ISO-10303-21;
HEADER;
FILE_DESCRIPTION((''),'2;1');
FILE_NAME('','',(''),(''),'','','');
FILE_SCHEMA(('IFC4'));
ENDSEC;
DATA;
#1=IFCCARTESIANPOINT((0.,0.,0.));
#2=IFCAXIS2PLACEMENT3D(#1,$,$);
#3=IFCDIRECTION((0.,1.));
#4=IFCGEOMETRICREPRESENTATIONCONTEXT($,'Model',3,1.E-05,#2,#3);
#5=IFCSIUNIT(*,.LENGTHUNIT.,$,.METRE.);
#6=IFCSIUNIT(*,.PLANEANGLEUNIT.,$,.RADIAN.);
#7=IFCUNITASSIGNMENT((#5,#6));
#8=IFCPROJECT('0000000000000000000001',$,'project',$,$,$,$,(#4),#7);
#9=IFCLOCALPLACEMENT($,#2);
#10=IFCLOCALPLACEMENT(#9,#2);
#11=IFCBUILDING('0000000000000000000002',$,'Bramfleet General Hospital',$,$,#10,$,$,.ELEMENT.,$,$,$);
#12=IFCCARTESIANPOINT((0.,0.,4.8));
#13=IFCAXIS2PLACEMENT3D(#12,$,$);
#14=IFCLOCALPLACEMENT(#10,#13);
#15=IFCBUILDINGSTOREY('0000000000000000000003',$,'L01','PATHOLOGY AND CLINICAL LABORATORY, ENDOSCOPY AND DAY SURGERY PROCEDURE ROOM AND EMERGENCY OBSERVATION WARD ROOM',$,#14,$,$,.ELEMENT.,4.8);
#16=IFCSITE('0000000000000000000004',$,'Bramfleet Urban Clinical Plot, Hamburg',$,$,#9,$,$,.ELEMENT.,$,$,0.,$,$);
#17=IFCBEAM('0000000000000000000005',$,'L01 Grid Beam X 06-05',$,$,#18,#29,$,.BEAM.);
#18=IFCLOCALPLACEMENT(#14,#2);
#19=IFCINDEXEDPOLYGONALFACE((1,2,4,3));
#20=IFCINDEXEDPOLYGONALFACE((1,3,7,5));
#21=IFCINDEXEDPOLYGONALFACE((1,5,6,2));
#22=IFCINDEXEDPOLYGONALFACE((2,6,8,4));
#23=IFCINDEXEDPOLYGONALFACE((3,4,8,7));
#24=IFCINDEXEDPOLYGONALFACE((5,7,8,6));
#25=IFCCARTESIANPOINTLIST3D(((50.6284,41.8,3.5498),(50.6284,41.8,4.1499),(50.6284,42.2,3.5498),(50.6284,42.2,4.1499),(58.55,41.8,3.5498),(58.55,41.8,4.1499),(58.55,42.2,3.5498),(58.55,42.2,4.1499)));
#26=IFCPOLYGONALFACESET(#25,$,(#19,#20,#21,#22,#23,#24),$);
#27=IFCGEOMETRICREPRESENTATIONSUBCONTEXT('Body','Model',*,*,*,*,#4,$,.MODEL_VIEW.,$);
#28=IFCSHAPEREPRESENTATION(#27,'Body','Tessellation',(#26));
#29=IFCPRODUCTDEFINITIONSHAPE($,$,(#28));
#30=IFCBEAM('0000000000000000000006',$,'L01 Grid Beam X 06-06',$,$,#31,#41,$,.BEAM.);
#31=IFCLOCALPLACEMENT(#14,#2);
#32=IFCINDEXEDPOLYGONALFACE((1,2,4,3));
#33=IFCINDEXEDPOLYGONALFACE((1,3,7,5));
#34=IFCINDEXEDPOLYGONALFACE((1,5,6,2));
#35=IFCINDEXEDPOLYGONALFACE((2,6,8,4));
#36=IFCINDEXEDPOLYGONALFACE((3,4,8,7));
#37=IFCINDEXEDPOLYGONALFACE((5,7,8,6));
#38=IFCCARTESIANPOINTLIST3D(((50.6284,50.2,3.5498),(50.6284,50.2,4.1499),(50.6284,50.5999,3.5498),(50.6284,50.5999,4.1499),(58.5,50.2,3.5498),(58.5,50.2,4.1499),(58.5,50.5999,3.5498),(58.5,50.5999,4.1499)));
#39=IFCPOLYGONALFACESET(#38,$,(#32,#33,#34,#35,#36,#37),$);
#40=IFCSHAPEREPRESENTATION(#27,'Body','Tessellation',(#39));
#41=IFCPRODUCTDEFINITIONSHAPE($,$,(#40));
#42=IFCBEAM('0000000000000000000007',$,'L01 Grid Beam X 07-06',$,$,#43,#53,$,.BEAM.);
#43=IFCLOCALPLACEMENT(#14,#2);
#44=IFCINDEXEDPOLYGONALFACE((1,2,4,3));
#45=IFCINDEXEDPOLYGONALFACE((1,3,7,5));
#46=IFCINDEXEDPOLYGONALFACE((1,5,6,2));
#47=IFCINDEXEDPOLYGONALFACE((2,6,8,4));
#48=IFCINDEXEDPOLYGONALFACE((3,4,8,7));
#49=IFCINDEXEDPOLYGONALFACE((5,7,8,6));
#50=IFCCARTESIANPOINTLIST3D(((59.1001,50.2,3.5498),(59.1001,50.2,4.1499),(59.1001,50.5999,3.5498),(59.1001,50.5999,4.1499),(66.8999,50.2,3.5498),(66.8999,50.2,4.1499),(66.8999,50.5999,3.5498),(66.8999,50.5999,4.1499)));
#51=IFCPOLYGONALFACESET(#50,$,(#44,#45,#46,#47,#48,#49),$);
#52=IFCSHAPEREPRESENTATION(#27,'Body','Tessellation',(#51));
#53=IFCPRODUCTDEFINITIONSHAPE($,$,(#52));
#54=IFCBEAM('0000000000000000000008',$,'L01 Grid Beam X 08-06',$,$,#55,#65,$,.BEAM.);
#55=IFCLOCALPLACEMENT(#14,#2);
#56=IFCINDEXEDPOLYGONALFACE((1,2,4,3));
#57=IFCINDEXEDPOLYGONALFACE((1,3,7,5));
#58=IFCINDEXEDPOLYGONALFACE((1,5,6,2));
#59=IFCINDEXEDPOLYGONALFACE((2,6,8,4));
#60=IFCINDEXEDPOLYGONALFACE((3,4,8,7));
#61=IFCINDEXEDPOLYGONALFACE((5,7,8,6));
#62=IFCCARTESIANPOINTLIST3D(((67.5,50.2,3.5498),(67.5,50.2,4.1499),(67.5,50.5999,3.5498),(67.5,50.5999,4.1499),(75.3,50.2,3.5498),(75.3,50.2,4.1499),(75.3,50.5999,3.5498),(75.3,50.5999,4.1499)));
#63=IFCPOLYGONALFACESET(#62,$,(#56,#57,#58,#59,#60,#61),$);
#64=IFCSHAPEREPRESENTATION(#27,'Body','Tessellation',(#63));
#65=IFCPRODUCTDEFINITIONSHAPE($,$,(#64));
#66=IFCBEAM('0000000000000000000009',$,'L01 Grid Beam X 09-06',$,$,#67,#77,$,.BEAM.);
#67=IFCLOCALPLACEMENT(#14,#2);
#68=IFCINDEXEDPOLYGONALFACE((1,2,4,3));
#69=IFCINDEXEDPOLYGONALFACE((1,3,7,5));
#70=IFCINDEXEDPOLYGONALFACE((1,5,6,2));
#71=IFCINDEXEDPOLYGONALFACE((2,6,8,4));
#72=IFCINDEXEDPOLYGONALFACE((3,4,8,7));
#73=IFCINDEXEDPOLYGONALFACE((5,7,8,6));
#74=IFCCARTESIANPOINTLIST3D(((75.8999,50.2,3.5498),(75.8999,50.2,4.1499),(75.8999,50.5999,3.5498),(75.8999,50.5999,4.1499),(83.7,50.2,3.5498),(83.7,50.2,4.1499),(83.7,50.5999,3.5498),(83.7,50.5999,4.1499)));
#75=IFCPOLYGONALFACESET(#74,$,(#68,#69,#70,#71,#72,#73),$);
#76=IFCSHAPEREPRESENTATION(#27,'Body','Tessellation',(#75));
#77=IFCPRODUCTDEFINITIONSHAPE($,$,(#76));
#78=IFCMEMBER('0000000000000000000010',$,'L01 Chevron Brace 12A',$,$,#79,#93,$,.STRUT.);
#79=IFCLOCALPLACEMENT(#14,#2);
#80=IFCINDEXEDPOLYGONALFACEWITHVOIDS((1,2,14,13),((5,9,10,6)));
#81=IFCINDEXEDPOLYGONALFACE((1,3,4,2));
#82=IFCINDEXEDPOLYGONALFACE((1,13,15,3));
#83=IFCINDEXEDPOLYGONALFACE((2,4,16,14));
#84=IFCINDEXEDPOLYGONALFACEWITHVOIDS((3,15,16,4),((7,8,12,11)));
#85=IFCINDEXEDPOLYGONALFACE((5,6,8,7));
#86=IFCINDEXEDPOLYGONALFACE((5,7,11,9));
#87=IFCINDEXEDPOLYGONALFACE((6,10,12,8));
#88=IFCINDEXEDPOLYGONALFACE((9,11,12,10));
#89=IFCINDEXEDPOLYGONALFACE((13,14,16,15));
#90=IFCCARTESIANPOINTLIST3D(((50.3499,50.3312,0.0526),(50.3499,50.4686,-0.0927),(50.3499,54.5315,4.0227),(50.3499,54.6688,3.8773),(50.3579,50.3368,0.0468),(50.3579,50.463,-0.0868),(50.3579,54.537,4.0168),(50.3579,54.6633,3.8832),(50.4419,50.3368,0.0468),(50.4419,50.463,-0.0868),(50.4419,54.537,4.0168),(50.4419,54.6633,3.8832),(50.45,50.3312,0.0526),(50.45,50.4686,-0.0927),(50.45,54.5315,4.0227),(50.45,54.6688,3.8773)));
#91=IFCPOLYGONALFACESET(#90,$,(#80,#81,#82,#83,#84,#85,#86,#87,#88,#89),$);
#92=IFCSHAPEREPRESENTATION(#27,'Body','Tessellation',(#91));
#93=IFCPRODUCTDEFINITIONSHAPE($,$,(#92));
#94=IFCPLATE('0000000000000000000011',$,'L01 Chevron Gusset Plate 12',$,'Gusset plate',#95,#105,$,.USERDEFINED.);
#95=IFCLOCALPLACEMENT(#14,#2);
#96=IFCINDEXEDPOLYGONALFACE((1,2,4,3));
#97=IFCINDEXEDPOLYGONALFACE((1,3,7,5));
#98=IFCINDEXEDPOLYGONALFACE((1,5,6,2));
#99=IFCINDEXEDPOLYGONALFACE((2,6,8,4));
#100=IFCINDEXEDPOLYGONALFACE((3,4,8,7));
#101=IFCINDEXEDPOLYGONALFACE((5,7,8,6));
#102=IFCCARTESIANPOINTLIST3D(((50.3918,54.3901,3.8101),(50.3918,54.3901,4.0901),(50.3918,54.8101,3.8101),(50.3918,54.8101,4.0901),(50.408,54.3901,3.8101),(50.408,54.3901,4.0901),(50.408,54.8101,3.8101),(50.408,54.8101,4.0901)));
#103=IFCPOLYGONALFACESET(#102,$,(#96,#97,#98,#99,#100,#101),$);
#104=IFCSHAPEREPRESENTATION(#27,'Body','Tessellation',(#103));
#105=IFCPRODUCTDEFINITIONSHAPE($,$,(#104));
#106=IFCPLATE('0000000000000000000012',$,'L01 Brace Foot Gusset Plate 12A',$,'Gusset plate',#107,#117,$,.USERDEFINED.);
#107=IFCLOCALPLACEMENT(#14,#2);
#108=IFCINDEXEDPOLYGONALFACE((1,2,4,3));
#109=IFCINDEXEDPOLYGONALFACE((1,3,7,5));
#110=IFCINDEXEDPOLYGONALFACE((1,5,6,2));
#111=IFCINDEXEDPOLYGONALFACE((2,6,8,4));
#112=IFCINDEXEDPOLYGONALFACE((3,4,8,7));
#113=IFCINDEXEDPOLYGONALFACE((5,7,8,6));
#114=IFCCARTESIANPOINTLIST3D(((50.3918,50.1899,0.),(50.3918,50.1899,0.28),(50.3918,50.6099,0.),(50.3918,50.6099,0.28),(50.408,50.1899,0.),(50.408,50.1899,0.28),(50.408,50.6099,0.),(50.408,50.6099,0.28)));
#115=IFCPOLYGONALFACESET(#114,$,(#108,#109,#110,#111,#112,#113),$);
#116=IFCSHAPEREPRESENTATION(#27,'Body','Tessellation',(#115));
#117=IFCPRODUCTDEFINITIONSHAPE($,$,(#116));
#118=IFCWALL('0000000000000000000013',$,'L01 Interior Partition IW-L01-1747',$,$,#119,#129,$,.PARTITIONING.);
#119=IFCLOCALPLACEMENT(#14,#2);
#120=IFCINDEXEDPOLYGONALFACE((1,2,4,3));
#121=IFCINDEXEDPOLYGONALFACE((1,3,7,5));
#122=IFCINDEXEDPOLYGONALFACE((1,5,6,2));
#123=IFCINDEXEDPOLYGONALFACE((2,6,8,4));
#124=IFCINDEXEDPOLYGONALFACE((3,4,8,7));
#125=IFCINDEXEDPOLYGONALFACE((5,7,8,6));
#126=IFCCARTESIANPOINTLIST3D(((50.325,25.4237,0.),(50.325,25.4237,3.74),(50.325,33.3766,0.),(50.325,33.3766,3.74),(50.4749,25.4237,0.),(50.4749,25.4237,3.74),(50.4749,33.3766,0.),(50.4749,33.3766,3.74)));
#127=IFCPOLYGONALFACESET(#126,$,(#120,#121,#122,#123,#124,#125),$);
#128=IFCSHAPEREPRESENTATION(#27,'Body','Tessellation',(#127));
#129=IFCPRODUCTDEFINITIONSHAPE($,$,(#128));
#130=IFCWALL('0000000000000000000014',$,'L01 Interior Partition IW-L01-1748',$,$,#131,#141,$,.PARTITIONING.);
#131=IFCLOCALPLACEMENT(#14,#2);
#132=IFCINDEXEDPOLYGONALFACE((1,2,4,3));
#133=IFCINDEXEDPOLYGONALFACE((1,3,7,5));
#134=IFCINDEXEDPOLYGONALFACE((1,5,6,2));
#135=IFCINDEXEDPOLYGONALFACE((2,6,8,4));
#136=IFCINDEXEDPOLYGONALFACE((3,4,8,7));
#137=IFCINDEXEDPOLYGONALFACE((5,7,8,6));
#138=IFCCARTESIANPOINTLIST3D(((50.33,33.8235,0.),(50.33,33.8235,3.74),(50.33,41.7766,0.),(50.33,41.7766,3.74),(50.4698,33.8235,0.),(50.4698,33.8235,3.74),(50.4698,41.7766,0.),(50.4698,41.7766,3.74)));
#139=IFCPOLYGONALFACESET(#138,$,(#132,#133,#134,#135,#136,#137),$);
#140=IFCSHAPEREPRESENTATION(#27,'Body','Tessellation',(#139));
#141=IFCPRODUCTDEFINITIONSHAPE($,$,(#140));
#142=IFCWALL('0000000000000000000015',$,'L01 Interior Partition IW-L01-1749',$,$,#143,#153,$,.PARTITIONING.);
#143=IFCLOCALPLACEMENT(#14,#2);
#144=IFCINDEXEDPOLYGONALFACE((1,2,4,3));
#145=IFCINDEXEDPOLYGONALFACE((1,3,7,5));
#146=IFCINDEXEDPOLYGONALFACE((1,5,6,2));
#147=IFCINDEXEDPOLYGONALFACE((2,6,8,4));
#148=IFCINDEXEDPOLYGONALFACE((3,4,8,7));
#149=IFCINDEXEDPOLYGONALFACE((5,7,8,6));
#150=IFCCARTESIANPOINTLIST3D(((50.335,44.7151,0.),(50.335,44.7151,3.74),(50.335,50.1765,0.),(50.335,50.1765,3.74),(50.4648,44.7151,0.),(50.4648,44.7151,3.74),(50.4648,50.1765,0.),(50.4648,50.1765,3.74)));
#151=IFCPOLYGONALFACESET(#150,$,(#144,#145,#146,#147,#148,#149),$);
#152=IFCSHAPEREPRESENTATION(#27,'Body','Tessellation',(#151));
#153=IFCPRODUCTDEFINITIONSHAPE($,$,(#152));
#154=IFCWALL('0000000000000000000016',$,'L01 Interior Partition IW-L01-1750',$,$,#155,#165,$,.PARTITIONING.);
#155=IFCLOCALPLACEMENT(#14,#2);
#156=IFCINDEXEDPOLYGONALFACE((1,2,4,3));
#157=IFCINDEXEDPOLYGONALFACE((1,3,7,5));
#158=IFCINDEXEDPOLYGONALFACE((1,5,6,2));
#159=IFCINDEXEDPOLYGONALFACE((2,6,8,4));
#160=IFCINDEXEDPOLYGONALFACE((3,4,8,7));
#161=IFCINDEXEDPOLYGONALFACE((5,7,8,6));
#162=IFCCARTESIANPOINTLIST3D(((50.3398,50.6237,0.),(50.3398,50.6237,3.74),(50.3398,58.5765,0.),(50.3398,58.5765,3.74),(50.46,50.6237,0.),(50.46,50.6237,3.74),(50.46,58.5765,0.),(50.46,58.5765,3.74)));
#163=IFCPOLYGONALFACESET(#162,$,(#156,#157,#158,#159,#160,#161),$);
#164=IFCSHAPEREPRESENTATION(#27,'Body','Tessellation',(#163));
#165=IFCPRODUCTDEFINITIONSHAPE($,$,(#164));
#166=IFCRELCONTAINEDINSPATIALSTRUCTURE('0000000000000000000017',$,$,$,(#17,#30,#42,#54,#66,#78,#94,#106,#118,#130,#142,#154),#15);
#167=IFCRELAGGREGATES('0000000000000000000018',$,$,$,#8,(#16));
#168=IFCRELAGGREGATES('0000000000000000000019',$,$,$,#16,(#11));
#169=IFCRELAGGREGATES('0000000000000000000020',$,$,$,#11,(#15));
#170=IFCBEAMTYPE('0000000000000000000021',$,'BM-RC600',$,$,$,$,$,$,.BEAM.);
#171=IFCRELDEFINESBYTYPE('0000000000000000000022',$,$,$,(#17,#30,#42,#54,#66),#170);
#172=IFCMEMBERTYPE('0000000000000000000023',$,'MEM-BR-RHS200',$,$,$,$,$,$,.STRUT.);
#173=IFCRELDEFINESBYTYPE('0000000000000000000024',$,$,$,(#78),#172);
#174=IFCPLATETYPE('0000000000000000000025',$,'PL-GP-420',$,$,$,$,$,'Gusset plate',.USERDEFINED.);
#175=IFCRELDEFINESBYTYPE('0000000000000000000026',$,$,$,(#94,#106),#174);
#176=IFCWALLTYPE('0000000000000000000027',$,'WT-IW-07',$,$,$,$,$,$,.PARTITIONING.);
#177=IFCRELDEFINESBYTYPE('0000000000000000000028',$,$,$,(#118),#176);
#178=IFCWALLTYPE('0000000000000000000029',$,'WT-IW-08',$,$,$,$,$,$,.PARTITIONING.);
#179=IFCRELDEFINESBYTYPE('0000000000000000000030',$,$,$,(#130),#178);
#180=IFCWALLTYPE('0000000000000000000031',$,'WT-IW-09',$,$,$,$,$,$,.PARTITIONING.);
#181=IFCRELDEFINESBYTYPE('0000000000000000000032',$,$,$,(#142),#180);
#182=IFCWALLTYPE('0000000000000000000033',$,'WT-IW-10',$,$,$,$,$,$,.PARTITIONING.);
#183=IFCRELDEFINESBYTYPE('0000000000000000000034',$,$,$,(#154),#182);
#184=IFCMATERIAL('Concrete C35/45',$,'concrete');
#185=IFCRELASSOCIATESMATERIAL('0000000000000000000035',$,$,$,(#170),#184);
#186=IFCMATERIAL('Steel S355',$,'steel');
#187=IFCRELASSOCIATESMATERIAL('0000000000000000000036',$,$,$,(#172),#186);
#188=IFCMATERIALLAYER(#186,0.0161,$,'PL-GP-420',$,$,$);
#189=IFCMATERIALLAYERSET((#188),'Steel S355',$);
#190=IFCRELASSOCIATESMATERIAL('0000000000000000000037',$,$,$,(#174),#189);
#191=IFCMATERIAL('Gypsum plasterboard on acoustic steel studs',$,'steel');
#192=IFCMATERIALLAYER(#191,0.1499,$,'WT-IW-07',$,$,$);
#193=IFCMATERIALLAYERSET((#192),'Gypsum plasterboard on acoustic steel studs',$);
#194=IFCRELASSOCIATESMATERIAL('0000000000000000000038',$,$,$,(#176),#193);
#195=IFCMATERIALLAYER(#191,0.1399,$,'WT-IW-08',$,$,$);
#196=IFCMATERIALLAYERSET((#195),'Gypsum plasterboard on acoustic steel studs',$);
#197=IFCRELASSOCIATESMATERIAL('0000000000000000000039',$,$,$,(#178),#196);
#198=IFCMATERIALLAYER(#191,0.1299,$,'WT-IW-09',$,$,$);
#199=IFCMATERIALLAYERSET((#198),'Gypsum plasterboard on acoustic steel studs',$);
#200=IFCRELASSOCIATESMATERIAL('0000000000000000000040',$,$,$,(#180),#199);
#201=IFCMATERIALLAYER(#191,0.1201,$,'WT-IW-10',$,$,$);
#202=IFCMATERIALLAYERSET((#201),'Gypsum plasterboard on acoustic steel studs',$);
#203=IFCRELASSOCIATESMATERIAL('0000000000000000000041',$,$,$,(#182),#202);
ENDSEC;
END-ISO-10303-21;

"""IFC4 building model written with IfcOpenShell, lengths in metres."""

from ifc_helpers import new_model, si_unit, direction, frame, frame_2d, origin, origin_2d, place, context, subcontext, project, spatial, rectangle, hollow_rectangle, extrude, material, layer, layer_set, material_profile, profile_set, type_object, element, save


model = new_model("IFC4")

# Units and contexts
model_context = context("Model", 3, precision=1e-05, world=origin(), true_north=direction((0.0, 1.0)))
body_context = subcontext(model_context, "Body", "Model", "MODEL_VIEW")
ifc_project = project(units=[si_unit("LENGTHUNIT", "METRE"), si_unit("PLANEANGLEUNIT", "RADIAN")], contexts=[model_context])

# Site, building, storey
site_placement = place(None, origin())
site = spatial("IfcSite", under=ifc_project, at=site_placement, Name="Bramfleet Urban Clinical Plot, Hamburg", CompositionType="ELEMENT", RefElevation=0.0)
building_placement = place(site_placement, origin())
building = spatial("IfcBuilding", under=site, at=building_placement, Name="Bramfleet General Hospital", CompositionType="ELEMENT")
storey_placement = place(building_placement, frame((0.0, 0.0, 4.8)))
storey = spatial("IfcBuildingStorey", under=building, at=storey_placement, Name="L01", Description="PATHOLOGY AND CLINICAL LABORATORY, ENDOSCOPY AND DAY SURGERY PROCEDURE ROOM AND EMERGENCY OBSERVATION WARD ROOM", CompositionType="ELEMENT", Elevation=4.8)

# Shared definitions
ifc_material_1 = material(Name="Steel S355", Category="steel")

# Beams
ifc_material_2 = material(Name="Concrete C35/45", Category="concrete")
ifc_material_profile_1 = material_profile(ifc_material_2, rectangle(XDim=0.3999, YDim=0.6001, at=origin_2d()), Name="RC BM 600x400")
ifc_profile_set_1 = profile_set([ifc_material_profile_1], Name="Concrete C35/45")
beam_type_1 = type_object("IfcBeamType", Name="BM-RC600", PredefinedType="BEAM", material=ifc_profile_set_1)
for number, where, z_axis, x_axis, name in (
    (1, (50.6284, 42.0, 3.8499), (1.0, 0.0, 0.0), (0.0, 1.0, 0.0), "L01 Grid Beam X 06-05"),
):
    element("IfcBeam", number, at=place(storey_placement, frame(where, z_axis=z_axis, x_axis=x_axis)), inside=storey, type_object=beam_type_1, Name=name, PredefinedType="BEAM", context=body_context, shape_type="SweptSolid", body=[
        extrude(rectangle(XDim=0.3999, YDim=0.6001, at=origin_2d()), origin(), (0.0, 0.0, 1.0), 7.9216),
    ])
beam_1_placement = place(storey_placement, frame((50.6284, 50.3999, 3.8499), z_axis=(1.0, 0.0, 0.0), x_axis=(0.0, 1.0, 0.0)))
element("IfcBeam", 2, at=beam_1_placement, inside=storey, type_object=beam_type_1, Name="L01 Grid Beam X 06-06", PredefinedType="BEAM", context=body_context, shape_type="SweptSolid", body=[
    extrude(rectangle(XDim=0.3999, YDim=0.6001, at=origin_2d()), origin(), (0.0, 0.0, 1.0), 7.8716),
])
beam_2_placement = place(storey_placement, frame((59.1001, 50.3999, 3.8499), z_axis=(1.0, 0.0, 0.0), x_axis=(0.0, 1.0, 0.0)))
element("IfcBeam", 3, at=beam_2_placement, inside=storey, type_object=beam_type_1, Name="L01 Grid Beam X 07-06", PredefinedType="BEAM", context=body_context, shape_type="SweptSolid", body=[
    extrude(rectangle(XDim=0.3999, YDim=0.6001, at=origin_2d()), origin(), (0.0, 0.0, 1.0), 7.7998),
])
for number, where, z_axis, x_axis, name in (
    (4, (67.5, 50.3999, 3.8499), (1.0, 0.0, 0.0), (0.0, 1.0, 0.0), "L01 Grid Beam X 08-06"),
    (5, (75.8999, 50.3999, 3.8499), (1.0, 0.0, 0.0), (0.0, 1.0, 0.0), "L01 Grid Beam X 09-06"),
):
    element("IfcBeam", number, at=place(storey_placement, frame(where, z_axis=z_axis, x_axis=x_axis)), inside=storey, type_object=beam_type_1, Name=name, PredefinedType="BEAM", context=body_context, shape_type="SweptSolid", body=[
        extrude(rectangle(XDim=0.3999, YDim=0.6001, at=origin_2d()), origin(), (0.0, 0.0, 1.0), 7.8),
    ])

# Member
ifc_material_profile_2 = material_profile(ifc_material_1, hollow_rectangle(XDim=0.1001, YDim=0.2, WallThickness=0.0081, at=origin_2d()), Name="RHS 200x100x8.0")
ifc_profile_set_2 = profile_set([ifc_material_profile_2], Name="Steel S355")
member_type = type_object("IfcMemberType", Name="MEM-BR-RHS200", PredefinedType="STRUT", material=ifc_profile_set_2)
member_placement = place(storey_placement, frame((50.3999, 50.3999, -0.02), z_axis=(0.0, 0.726744, 0.686909), x_axis=(-1.0, 0.0, 0.0)))
element("IfcMember", 6, at=member_placement, inside=storey, type_object=member_type, Name="L01 Chevron Brace 12A", PredefinedType="STRUT", context=body_context, shape_type="SweptSolid", body=[
    extrude(hollow_rectangle(XDim=0.1001, YDim=0.2, WallThickness=0.0081, at=origin_2d()), origin(), (0.0, 0.0, 1.0), 5.7795),
])

# Plates
ifc_layer_1 = layer(ifc_material_1, 0.0161, Name="PL-GP-420")
ifc_layer_set_1 = layer_set([ifc_layer_1], Name="Steel S355")
plate_type = type_object("IfcPlateType", Name="PL-GP-420", ElementType="Gusset plate", PredefinedType="USERDEFINED", material=ifc_layer_set_1)
for number, where, z_axis, x_axis, name in (
    (7, (50.3999, 54.6001, 3.8101), (0.0, 0.0, 1.0), (1.0, 0.0, 0.0), "L01 Chevron Gusset Plate 12"),
    (8, (50.3999, 50.3999, 0.0), (0.0, 0.0, 1.0), (1.0, 0.0, 0.0), "L01 Brace Foot Gusset Plate 12A"),
):
    element("IfcPlate", number, at=place(storey_placement, frame(where, z_axis=z_axis, x_axis=x_axis)), inside=storey, type_object=plate_type, Name=name, ObjectType="Gusset plate", PredefinedType="USERDEFINED", context=body_context, shape_type="SweptSolid", body=[
        extrude(rectangle(XDim=0.0161, YDim=0.4199, at=origin_2d()), origin(), (0.0, 0.0, 1.0), 0.28),
    ])

# Walls
ifc_material_3 = material(Name="Gypsum plasterboard on acoustic steel studs", Category="steel")
ifc_layer_2 = layer(ifc_material_3, 0.1499, Name="WT-IW-07")
ifc_layer_set_2 = layer_set([ifc_layer_2], Name="Gypsum plasterboard on acoustic steel studs")
wall_type_1 = type_object("IfcWallType", Name="WT-IW-07", PredefinedType="PARTITIONING", material=ifc_layer_set_2)
wall_1_placement = place(storey_placement, frame((50.3999, 25.4236, 0.0), z_axis=(0.0, 0.0, 1.0), x_axis=(0.0, 1.0, 0.0)))
element("IfcWall", 9, at=wall_1_placement, inside=storey, type_object=wall_type_1, Name="L01 Interior Partition IW-L01-1747", PredefinedType="PARTITIONING", context=body_context, shape_type="SweptSolid", body=[
    extrude(rectangle(XDim=7.9529, YDim=0.1499, at=frame_2d((3.9766, 0.0))), origin(), (0.0, 0.0, 1.0), 3.74),
])
ifc_layer_3 = layer(ifc_material_3, 0.1399, Name="WT-IW-08")
ifc_layer_set_3 = layer_set([ifc_layer_3], Name="Gypsum plasterboard on acoustic steel studs")
wall_type_2 = type_object("IfcWallType", Name="WT-IW-08", PredefinedType="PARTITIONING", material=ifc_layer_set_3)
wall_2_placement = place(storey_placement, frame((50.3999, 33.8235, 0.0), z_axis=(0.0, 0.0, 1.0), x_axis=(0.0, 1.0, 0.0)))
element("IfcWall", 10, at=wall_2_placement, inside=storey, type_object=wall_type_2, Name="L01 Interior Partition IW-L01-1748", PredefinedType="PARTITIONING", context=body_context, shape_type="SweptSolid", body=[
    extrude(rectangle(XDim=7.9531, YDim=0.1399, at=frame_2d((3.9766, 0.0))), origin(), (0.0, 0.0, 1.0), 3.74),
])
ifc_layer_4 = layer(ifc_material_3, 0.1299, Name="WT-IW-09")
ifc_layer_set_4 = layer_set([ifc_layer_4], Name="Gypsum plasterboard on acoustic steel studs")
wall_type_3 = type_object("IfcWallType", Name="WT-IW-09", PredefinedType="PARTITIONING", material=ifc_layer_set_4)
wall_3_placement = place(storey_placement, frame((50.3999, 44.7151, 0.0), z_axis=(0.0, 0.0, 1.0), x_axis=(0.0, 1.0, 0.0)))
element("IfcWall", 11, at=wall_3_placement, inside=storey, type_object=wall_type_3, Name="L01 Interior Partition IW-L01-1749", PredefinedType="PARTITIONING", context=body_context, shape_type="SweptSolid", body=[
    extrude(rectangle(XDim=5.4614, YDim=0.1299, at=frame_2d((2.7307, 0.0))), origin(), (0.0, 0.0, 1.0), 3.74),
])
ifc_layer_5 = layer(ifc_material_3, 0.1201, Name="WT-IW-10")
ifc_layer_set_5 = layer_set([ifc_layer_5], Name="Gypsum plasterboard on acoustic steel studs")
wall_type_4 = type_object("IfcWallType", Name="WT-IW-10", PredefinedType="PARTITIONING", material=ifc_layer_set_5)
wall_4_placement = place(storey_placement, frame((50.3999, 50.6235, 0.0), z_axis=(0.0, 0.0, 1.0), x_axis=(0.0, 1.0, 0.0)))
element("IfcWall", 12, at=wall_4_placement, inside=storey, type_object=wall_type_4, Name="L01 Interior Partition IW-L01-1750", PredefinedType="PARTITIONING", context=body_context, shape_type="SweptSolid", body=[
    extrude(rectangle(XDim=7.9529, YDim=0.1201, at=frame_2d((3.9766, 0.0))), origin(), (0.0, 0.0, 1.0), 3.74),
])

save(model, "model.ifc")
